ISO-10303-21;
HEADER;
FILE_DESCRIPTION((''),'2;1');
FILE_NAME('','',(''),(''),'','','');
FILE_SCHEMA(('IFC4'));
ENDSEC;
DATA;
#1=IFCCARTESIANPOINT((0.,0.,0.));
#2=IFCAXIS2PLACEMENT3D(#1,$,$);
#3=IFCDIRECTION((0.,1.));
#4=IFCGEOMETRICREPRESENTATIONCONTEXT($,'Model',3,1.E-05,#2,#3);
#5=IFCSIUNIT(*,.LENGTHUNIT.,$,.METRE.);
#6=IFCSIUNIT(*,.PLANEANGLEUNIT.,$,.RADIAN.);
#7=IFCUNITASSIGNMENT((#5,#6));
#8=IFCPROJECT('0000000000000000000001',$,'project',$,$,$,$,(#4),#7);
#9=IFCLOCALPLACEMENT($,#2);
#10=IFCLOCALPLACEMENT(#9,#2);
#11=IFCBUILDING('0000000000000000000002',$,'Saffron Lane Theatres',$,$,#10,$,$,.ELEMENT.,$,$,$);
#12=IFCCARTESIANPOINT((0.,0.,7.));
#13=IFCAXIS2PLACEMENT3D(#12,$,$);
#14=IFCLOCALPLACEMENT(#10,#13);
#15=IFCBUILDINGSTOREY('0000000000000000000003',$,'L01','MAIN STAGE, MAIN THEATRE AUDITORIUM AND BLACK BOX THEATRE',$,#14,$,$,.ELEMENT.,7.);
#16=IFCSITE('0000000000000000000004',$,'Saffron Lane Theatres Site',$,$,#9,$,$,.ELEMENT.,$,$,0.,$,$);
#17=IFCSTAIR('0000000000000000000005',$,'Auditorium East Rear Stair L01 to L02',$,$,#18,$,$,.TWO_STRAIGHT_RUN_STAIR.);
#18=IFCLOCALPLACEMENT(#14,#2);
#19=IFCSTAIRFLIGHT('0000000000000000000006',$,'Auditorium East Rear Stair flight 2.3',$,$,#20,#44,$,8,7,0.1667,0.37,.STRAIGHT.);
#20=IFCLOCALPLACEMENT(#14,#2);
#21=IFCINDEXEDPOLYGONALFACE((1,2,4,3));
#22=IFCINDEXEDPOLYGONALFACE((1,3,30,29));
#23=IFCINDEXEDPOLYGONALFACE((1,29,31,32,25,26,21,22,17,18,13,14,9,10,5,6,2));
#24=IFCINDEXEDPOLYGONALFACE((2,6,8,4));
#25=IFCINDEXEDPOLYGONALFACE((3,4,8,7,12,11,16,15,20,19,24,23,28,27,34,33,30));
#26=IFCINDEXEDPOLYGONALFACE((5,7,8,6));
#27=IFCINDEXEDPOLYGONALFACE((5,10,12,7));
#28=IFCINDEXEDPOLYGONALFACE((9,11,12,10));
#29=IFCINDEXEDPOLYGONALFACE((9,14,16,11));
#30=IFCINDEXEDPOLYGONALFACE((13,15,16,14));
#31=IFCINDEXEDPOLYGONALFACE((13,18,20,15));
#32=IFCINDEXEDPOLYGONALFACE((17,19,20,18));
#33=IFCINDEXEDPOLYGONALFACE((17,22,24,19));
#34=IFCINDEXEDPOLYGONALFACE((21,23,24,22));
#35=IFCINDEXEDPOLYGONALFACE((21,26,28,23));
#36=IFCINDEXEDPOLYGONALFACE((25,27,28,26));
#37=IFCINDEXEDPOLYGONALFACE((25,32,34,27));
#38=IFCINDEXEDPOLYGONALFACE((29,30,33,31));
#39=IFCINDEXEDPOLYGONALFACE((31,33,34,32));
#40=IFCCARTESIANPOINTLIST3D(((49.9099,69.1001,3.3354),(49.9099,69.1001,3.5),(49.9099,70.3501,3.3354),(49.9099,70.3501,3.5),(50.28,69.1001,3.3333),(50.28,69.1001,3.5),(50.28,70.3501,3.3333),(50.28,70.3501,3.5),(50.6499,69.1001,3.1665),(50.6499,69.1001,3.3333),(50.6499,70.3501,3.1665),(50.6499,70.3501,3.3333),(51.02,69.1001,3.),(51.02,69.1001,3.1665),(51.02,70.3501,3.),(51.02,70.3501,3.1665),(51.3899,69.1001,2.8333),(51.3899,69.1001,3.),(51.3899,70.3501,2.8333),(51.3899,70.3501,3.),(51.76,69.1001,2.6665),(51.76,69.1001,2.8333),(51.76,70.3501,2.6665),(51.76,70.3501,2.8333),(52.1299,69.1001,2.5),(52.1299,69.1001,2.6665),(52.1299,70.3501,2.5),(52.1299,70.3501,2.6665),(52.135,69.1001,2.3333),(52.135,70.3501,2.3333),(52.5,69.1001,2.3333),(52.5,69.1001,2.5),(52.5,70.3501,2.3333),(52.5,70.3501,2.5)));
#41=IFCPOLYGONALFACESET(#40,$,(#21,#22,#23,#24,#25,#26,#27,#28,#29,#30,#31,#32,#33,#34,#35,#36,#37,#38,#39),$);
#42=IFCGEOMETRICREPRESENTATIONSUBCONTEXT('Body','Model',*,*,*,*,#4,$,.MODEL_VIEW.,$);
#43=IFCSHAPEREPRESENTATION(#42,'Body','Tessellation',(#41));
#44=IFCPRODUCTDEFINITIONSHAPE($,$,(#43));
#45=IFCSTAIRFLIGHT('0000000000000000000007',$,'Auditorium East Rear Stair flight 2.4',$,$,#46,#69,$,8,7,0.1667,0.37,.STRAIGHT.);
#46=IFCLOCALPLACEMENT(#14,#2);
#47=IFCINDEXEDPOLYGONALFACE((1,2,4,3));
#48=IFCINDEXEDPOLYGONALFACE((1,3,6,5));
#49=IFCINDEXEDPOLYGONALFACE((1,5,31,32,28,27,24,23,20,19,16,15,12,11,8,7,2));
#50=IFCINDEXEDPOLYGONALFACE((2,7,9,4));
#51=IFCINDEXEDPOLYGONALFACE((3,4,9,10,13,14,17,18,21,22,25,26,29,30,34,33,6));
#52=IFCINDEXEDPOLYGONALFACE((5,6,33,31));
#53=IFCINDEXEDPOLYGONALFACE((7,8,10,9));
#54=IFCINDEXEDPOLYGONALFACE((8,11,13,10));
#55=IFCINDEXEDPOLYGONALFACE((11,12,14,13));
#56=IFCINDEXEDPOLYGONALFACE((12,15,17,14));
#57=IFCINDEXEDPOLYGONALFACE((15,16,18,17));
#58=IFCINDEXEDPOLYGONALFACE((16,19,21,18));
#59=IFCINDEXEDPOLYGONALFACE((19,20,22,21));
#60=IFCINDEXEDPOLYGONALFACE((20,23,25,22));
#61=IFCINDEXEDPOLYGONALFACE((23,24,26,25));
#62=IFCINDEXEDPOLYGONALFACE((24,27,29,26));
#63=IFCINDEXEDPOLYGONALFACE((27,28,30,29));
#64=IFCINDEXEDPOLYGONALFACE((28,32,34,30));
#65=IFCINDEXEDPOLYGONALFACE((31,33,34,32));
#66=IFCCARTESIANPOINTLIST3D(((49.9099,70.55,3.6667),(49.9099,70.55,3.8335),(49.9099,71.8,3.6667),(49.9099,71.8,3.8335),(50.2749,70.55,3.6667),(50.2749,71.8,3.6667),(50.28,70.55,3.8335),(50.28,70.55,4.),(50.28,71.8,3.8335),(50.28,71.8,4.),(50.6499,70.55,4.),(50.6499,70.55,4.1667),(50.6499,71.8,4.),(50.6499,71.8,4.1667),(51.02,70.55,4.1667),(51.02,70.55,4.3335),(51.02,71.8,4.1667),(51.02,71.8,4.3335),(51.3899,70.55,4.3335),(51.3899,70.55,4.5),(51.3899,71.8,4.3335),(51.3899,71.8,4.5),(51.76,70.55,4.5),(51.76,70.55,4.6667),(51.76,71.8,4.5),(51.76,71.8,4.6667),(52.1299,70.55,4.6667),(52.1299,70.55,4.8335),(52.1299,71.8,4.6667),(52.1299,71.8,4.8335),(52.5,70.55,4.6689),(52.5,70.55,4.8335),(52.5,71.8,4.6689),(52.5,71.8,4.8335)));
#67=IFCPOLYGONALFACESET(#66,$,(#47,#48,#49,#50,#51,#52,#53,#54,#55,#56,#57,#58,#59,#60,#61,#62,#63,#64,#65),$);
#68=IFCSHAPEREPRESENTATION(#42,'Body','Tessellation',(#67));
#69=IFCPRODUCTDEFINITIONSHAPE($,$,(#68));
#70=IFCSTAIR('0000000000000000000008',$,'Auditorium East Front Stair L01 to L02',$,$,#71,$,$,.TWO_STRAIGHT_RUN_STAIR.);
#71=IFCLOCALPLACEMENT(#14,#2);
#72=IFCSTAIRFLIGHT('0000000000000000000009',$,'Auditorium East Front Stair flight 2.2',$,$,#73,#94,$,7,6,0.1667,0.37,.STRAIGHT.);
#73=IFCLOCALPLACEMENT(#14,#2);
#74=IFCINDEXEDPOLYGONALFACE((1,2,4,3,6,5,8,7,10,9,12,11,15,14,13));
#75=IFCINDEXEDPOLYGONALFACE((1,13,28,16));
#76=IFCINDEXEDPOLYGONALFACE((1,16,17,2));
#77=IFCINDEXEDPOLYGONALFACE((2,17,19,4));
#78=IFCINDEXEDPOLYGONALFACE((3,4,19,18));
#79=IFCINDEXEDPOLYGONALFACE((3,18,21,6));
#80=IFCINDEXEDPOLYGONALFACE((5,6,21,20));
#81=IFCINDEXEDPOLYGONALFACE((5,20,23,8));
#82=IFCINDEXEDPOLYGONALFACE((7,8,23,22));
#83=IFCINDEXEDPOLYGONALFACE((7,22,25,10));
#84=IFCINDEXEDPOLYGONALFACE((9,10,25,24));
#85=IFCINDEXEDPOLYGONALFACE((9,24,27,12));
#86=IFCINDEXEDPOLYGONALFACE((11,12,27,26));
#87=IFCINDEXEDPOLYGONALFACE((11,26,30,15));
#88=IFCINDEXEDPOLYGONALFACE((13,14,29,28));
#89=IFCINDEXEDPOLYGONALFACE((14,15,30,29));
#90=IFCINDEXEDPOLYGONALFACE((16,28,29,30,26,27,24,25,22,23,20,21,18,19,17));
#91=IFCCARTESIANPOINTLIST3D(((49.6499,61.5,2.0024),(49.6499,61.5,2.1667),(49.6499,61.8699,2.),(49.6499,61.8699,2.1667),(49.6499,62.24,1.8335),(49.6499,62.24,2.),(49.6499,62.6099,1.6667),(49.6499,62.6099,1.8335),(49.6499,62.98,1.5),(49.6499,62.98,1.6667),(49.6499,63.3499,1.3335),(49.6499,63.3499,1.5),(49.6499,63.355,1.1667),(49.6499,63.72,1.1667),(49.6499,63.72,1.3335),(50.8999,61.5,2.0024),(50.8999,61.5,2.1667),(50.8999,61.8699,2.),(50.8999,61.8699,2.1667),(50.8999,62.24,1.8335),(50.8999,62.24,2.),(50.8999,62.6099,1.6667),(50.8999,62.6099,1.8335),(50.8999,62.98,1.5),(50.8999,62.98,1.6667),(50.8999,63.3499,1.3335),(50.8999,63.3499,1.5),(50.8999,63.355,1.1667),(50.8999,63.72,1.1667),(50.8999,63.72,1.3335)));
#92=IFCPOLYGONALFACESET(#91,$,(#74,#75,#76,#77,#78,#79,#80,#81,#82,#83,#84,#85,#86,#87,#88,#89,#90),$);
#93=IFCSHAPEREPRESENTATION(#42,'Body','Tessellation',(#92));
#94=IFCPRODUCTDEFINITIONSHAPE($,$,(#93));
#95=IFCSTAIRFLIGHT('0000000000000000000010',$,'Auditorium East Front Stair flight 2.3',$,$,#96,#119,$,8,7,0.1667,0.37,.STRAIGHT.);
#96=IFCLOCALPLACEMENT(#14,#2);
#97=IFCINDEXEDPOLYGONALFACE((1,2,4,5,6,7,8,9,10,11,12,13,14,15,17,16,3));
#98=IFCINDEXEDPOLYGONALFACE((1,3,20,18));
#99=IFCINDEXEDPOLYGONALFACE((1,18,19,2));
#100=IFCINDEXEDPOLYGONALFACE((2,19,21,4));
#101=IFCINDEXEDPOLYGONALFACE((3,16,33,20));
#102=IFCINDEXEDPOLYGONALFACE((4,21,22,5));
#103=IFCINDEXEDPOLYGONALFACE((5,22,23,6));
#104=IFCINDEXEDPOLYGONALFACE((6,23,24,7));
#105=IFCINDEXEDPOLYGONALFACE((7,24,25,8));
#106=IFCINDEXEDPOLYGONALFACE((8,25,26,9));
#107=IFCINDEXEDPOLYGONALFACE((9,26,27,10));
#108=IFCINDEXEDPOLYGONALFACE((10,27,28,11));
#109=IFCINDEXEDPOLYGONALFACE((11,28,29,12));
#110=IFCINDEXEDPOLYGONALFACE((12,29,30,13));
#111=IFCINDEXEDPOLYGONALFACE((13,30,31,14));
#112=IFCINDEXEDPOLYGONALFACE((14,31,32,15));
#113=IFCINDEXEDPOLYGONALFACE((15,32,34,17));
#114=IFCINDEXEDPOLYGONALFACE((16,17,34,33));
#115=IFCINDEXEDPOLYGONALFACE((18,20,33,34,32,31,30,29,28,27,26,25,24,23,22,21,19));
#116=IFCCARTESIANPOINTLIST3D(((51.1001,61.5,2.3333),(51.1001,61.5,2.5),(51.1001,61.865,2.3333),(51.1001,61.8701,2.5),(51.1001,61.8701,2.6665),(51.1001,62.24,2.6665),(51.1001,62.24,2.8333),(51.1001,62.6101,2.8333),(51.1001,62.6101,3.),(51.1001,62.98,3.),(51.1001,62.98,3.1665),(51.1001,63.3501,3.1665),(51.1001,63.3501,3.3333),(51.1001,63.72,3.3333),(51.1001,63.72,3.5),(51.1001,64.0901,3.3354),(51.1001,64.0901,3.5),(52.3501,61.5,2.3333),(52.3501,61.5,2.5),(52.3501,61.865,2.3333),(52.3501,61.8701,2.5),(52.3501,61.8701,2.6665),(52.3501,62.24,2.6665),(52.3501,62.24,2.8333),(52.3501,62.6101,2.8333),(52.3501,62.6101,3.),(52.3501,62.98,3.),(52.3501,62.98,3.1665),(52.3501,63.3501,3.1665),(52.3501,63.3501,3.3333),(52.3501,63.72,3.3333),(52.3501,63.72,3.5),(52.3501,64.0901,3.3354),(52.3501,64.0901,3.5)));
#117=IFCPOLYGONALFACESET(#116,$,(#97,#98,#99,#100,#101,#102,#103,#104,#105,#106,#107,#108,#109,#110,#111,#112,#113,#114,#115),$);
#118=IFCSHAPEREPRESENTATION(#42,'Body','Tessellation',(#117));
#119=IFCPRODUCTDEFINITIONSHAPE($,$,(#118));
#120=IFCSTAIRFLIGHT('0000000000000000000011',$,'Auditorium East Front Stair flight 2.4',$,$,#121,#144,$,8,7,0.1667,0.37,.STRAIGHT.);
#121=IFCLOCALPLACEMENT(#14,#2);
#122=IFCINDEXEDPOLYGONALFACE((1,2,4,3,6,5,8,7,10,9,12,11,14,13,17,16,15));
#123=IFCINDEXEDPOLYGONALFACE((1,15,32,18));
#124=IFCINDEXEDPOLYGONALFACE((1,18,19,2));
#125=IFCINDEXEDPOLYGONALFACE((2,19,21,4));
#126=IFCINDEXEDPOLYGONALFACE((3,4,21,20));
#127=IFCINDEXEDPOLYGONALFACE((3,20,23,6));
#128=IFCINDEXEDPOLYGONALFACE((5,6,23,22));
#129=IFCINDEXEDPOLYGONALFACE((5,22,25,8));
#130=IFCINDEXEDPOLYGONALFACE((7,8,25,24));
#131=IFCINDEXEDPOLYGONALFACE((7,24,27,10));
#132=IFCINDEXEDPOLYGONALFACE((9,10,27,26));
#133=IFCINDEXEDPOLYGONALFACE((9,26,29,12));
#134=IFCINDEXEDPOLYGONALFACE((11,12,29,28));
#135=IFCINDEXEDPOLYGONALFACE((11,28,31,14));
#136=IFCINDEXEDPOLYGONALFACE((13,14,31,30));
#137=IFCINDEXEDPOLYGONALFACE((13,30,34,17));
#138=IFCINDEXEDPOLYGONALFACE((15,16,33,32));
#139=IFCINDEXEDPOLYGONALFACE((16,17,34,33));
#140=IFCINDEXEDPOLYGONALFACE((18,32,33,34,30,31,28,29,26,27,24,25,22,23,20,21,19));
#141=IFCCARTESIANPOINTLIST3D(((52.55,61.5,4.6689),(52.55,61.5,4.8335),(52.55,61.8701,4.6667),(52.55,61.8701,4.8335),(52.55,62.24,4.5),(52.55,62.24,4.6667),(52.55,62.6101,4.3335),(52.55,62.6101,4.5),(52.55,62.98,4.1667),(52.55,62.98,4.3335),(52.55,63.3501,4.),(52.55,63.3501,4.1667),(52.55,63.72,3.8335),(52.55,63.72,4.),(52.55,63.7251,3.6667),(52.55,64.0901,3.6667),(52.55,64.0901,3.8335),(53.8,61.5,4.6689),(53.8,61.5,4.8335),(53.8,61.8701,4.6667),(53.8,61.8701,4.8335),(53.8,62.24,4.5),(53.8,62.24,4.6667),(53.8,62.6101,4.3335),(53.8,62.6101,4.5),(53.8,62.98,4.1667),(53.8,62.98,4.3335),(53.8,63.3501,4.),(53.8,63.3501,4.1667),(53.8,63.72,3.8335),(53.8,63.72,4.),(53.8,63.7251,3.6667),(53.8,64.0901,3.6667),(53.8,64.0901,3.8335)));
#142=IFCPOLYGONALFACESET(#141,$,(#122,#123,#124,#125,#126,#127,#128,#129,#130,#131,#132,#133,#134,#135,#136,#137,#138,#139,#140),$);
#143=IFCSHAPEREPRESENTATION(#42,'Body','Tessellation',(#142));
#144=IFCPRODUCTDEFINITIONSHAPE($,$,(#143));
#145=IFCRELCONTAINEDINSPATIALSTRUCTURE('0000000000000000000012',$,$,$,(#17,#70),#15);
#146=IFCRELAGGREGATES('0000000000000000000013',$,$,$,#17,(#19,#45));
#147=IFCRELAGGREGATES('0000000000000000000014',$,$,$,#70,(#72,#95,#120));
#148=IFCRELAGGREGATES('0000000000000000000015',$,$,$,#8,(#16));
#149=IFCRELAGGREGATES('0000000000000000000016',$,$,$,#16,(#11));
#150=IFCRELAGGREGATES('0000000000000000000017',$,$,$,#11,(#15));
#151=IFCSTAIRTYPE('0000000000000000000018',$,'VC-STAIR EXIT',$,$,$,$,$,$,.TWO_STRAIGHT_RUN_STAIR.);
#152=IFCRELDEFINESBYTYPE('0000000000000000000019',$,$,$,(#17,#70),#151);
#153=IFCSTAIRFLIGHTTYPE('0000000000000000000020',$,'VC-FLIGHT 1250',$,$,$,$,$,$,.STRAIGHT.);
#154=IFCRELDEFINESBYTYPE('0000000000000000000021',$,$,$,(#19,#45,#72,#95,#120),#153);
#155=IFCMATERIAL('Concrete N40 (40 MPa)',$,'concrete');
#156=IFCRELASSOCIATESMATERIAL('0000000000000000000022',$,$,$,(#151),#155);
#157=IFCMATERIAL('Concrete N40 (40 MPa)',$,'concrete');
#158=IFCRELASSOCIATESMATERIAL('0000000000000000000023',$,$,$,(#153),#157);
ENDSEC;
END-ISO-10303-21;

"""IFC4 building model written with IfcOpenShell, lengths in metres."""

from ifc_helpers import new_model, si_unit, direction, frame, origin, place, context, subcontext, project, spatial, polyline, outline, extrude, material, type_object, element, aggregate, save


model = new_model("IFC4")

# Units and contexts
model_context = context("Model", 3, precision=1e-05, world=origin(), true_north=direction((0.0, 1.0)))
body_context = subcontext(model_context, "Body", "Model", "MODEL_VIEW")
ifc_project = project(units=[si_unit("LENGTHUNIT", "METRE"), si_unit("PLANEANGLEUNIT", "RADIAN")], contexts=[model_context])

# Site, building, storey
site_placement = place(None, origin())
site = spatial("IfcSite", under=ifc_project, at=site_placement, Name="Saffron Lane Theatres Site", CompositionType="ELEMENT", RefElevation=0.0)
building_placement = place(site_placement, origin())
building = spatial("IfcBuilding", under=site, at=building_placement, Name="Saffron Lane Theatres", CompositionType="ELEMENT")
storey_placement = place(building_placement, frame((0.0, 0.0, 7.0)))
storey = spatial("IfcBuildingStorey", under=building, at=storey_placement, Name="L01", Description="MAIN STAGE, MAIN THEATRE AUDITORIUM AND BLACK BOX THEATRE", CompositionType="ELEMENT", Elevation=7.0)

# Stairs, stair flights
ifc_material_1 = material(Name="Concrete N40 (40 MPa)", Category="concrete")
stair_type = type_object("IfcStairType", Name="VC-STAIR EXIT", PredefinedType="TWO_STRAIGHT_RUN_STAIR", material=ifc_material_1)
stair_1_placement = place(storey_placement, origin())
stair_1 = element("IfcStair", 1, at=stair_1_placement, inside=storey, type_object=stair_type, Name="Auditorium East Rear Stair L01 to L02", PredefinedType="TWO_STRAIGHT_RUN_STAIR")
ifc_material_2 = material(Name="Concrete N40 (40 MPa)", Category="concrete")
stair_flight_type = type_object("IfcStairFlightType", Name="VC-FLIGHT 1250", PredefinedType="STRAIGHT", material=ifc_material_2)
stair_flight_1_placement = place(storey_placement, frame((52.5, 69.7251, 2.3333), z_axis=(0.0, 0.0, 1.0), x_axis=(-1.0, 0.0, 0.0)))
stair_flight_1 = element("IfcStairFlight", 2, at=stair_flight_1_placement, type_object=stair_flight_type, Name="Auditorium East Rear Stair flight 2.3", NumberOfRisers=8, NumberOfTreads=7, PredefinedType="STRAIGHT", RiserHeight=0.1667, TreadLength=0.37, context=body_context, shape_type="SweptSolid", body=[
    extrude(outline(polyline([(0.0, 0.0), (0.0, 0.1667), (0.3701, 0.1667), (0.3701, 0.3333), (0.74, 0.3333), (0.74, 0.5), (1.1101, 0.5), (1.1101, 0.6667), (1.48, 0.6667), (1.48, 0.8333), (1.8501, 0.8333), (1.8501, 1.0), (2.22, 1.0), (2.22, 1.1667), (2.5901, 1.1667), (2.5901, 1.3333), (2.5901, 1.0022), (0.365, 0.0), (0.0, 0.0)])), frame((0.0, 0.625, 0.0), z_axis=(0.0, -1.0, 0.0), x_axis=(1.0, 0.0, 0.0)), (0.0, 0.0, 1.0), 1.25),
])
stair_flight_2_placement = place(storey_placement, frame((49.9099, 71.175, 3.6667), z_axis=(0.0, 0.0, 1.0), x_axis=(1.0, 0.0, 0.0)))
stair_flight_2 = element("IfcStairFlight", 3, at=stair_flight_2_placement, type_object=stair_flight_type, Name="Auditorium East Rear Stair flight 2.4", NumberOfRisers=8, NumberOfTreads=7, PredefinedType="STRAIGHT", RiserHeight=0.1667, TreadLength=0.37, context=body_context, shape_type="SweptSolid", body=[
    extrude(outline(polyline([(0.0, 0.0), (0.0, 0.1667), (0.3701, 0.1667), (0.3701, 0.3333), (0.74, 0.3333), (0.74, 0.5), (1.1101, 0.5), (1.1101, 0.6667), (1.48, 0.6667), (1.48, 0.8333), (1.8501, 0.8333), (1.8501, 1.0), (2.22, 1.0), (2.22, 1.1667), (2.5901, 1.1667), (2.5901, 1.3333), (2.5901, 1.0022), (0.365, 0.0), (0.0, 0.0)])), frame((0.0, 0.625, 0.0), z_axis=(0.0, -1.0, 0.0), x_axis=(1.0, 0.0, 0.0)), (0.0, 0.0, 1.0), 1.25),
])
aggregate(stair_1, [stair_flight_1, stair_flight_2])
stair_2_placement = place(storey_placement, origin())
stair_2 = element("IfcStair", 4, at=stair_2_placement, inside=storey, type_object=stair_type, Name="Auditorium East Front Stair L01 to L02", PredefinedType="TWO_STRAIGHT_RUN_STAIR")
stair_flight_3_placement = place(storey_placement, frame((50.2749, 63.72, 1.1667), z_axis=(0.0, 0.0, 1.0), x_axis=(0.0, -1.0, 0.0)))
stair_flight_3 = element("IfcStairFlight", 5, at=stair_flight_3_placement, type_object=stair_flight_type, Name="Auditorium East Front Stair flight 2.2", NumberOfRisers=7, NumberOfTreads=6, PredefinedType="STRAIGHT", RiserHeight=0.1667, TreadLength=0.37, context=body_context, shape_type="SweptSolid", body=[
    extrude(outline(polyline([(0.0, 0.0), (0.0, 0.1667), (0.3701, 0.1667), (0.3701, 0.3333), (0.74, 0.3333), (0.74, 0.5), (1.1101, 0.5), (1.1101, 0.6667), (1.48, 0.6667), (1.48, 0.8333), (1.8501, 0.8333), (1.8501, 1.0), (2.22, 1.0), (2.22, 1.1667), (2.22, 0.8357), (0.365, 0.0), (0.0, 0.0)])), frame((0.0, 0.625, 0.0), z_axis=(0.0, -1.0, 0.0), x_axis=(1.0, 0.0, 0.0)), (0.0, 0.0, 1.0), 1.25),
])
stair_flight_4_placement = place(storey_placement, frame((51.7251, 61.5, 2.3333), z_axis=(0.0, 0.0, 1.0), x_axis=(0.0, 1.0, 0.0)))
stair_flight_4 = element("IfcStairFlight", 6, at=stair_flight_4_placement, type_object=stair_flight_type, Name="Auditorium East Front Stair flight 2.3", NumberOfRisers=8, NumberOfTreads=7, PredefinedType="STRAIGHT", RiserHeight=0.1667, TreadLength=0.37, context=body_context, shape_type="SweptSolid", body=[
    extrude(outline(polyline([(0.0, 0.0), (0.0, 0.1667), (0.3701, 0.1667), (0.3701, 0.3333), (0.74, 0.3333), (0.74, 0.5), (1.1101, 0.5), (1.1101, 0.6667), (1.48, 0.6667), (1.48, 0.8333), (1.8501, 0.8333), (1.8501, 1.0), (2.22, 1.0), (2.22, 1.1667), (2.5901, 1.1667), (2.5901, 1.3333), (2.5901, 1.0022), (0.365, 0.0), (0.0, 0.0)])), frame((0.0, 0.625, 0.0), z_axis=(0.0, -1.0, 0.0), x_axis=(1.0, 0.0, 0.0)), (0.0, 0.0, 1.0), 1.25),
])
stair_flight_5_placement = place(storey_placement, frame((53.175, 64.0901, 3.6667), z_axis=(0.0, 0.0, 1.0), x_axis=(0.0, -1.0, 0.0)))
stair_flight_5 = element("IfcStairFlight", 7, at=stair_flight_5_placement, type_object=stair_flight_type, Name="Auditorium East Front Stair flight 2.4", NumberOfRisers=8, NumberOfTreads=7, PredefinedType="STRAIGHT", RiserHeight=0.1667, TreadLength=0.37, context=body_context, shape_type="SweptSolid", body=[
    extrude(outline(polyline([(0.0, 0.0), (0.0, 0.1667), (0.3701, 0.1667), (0.3701, 0.3333), (0.74, 0.3333), (0.74, 0.5), (1.1101, 0.5), (1.1101, 0.6667), (1.48, 0.6667), (1.48, 0.8333), (1.8501, 0.8333), (1.8501, 1.0), (2.22, 1.0), (2.22, 1.1667), (2.5901, 1.1667), (2.5901, 1.3333), (2.5901, 1.0022), (0.365, 0.0), (0.0, 0.0)])), frame((0.0, 0.625, 0.0), z_axis=(0.0, -1.0, 0.0), x_axis=(1.0, 0.0, 0.0)), (0.0, 0.0, 1.0), 1.25),
])
aggregate(stair_2, [stair_flight_3, stair_flight_4, stair_flight_5])

save(model, "model.ifc")
